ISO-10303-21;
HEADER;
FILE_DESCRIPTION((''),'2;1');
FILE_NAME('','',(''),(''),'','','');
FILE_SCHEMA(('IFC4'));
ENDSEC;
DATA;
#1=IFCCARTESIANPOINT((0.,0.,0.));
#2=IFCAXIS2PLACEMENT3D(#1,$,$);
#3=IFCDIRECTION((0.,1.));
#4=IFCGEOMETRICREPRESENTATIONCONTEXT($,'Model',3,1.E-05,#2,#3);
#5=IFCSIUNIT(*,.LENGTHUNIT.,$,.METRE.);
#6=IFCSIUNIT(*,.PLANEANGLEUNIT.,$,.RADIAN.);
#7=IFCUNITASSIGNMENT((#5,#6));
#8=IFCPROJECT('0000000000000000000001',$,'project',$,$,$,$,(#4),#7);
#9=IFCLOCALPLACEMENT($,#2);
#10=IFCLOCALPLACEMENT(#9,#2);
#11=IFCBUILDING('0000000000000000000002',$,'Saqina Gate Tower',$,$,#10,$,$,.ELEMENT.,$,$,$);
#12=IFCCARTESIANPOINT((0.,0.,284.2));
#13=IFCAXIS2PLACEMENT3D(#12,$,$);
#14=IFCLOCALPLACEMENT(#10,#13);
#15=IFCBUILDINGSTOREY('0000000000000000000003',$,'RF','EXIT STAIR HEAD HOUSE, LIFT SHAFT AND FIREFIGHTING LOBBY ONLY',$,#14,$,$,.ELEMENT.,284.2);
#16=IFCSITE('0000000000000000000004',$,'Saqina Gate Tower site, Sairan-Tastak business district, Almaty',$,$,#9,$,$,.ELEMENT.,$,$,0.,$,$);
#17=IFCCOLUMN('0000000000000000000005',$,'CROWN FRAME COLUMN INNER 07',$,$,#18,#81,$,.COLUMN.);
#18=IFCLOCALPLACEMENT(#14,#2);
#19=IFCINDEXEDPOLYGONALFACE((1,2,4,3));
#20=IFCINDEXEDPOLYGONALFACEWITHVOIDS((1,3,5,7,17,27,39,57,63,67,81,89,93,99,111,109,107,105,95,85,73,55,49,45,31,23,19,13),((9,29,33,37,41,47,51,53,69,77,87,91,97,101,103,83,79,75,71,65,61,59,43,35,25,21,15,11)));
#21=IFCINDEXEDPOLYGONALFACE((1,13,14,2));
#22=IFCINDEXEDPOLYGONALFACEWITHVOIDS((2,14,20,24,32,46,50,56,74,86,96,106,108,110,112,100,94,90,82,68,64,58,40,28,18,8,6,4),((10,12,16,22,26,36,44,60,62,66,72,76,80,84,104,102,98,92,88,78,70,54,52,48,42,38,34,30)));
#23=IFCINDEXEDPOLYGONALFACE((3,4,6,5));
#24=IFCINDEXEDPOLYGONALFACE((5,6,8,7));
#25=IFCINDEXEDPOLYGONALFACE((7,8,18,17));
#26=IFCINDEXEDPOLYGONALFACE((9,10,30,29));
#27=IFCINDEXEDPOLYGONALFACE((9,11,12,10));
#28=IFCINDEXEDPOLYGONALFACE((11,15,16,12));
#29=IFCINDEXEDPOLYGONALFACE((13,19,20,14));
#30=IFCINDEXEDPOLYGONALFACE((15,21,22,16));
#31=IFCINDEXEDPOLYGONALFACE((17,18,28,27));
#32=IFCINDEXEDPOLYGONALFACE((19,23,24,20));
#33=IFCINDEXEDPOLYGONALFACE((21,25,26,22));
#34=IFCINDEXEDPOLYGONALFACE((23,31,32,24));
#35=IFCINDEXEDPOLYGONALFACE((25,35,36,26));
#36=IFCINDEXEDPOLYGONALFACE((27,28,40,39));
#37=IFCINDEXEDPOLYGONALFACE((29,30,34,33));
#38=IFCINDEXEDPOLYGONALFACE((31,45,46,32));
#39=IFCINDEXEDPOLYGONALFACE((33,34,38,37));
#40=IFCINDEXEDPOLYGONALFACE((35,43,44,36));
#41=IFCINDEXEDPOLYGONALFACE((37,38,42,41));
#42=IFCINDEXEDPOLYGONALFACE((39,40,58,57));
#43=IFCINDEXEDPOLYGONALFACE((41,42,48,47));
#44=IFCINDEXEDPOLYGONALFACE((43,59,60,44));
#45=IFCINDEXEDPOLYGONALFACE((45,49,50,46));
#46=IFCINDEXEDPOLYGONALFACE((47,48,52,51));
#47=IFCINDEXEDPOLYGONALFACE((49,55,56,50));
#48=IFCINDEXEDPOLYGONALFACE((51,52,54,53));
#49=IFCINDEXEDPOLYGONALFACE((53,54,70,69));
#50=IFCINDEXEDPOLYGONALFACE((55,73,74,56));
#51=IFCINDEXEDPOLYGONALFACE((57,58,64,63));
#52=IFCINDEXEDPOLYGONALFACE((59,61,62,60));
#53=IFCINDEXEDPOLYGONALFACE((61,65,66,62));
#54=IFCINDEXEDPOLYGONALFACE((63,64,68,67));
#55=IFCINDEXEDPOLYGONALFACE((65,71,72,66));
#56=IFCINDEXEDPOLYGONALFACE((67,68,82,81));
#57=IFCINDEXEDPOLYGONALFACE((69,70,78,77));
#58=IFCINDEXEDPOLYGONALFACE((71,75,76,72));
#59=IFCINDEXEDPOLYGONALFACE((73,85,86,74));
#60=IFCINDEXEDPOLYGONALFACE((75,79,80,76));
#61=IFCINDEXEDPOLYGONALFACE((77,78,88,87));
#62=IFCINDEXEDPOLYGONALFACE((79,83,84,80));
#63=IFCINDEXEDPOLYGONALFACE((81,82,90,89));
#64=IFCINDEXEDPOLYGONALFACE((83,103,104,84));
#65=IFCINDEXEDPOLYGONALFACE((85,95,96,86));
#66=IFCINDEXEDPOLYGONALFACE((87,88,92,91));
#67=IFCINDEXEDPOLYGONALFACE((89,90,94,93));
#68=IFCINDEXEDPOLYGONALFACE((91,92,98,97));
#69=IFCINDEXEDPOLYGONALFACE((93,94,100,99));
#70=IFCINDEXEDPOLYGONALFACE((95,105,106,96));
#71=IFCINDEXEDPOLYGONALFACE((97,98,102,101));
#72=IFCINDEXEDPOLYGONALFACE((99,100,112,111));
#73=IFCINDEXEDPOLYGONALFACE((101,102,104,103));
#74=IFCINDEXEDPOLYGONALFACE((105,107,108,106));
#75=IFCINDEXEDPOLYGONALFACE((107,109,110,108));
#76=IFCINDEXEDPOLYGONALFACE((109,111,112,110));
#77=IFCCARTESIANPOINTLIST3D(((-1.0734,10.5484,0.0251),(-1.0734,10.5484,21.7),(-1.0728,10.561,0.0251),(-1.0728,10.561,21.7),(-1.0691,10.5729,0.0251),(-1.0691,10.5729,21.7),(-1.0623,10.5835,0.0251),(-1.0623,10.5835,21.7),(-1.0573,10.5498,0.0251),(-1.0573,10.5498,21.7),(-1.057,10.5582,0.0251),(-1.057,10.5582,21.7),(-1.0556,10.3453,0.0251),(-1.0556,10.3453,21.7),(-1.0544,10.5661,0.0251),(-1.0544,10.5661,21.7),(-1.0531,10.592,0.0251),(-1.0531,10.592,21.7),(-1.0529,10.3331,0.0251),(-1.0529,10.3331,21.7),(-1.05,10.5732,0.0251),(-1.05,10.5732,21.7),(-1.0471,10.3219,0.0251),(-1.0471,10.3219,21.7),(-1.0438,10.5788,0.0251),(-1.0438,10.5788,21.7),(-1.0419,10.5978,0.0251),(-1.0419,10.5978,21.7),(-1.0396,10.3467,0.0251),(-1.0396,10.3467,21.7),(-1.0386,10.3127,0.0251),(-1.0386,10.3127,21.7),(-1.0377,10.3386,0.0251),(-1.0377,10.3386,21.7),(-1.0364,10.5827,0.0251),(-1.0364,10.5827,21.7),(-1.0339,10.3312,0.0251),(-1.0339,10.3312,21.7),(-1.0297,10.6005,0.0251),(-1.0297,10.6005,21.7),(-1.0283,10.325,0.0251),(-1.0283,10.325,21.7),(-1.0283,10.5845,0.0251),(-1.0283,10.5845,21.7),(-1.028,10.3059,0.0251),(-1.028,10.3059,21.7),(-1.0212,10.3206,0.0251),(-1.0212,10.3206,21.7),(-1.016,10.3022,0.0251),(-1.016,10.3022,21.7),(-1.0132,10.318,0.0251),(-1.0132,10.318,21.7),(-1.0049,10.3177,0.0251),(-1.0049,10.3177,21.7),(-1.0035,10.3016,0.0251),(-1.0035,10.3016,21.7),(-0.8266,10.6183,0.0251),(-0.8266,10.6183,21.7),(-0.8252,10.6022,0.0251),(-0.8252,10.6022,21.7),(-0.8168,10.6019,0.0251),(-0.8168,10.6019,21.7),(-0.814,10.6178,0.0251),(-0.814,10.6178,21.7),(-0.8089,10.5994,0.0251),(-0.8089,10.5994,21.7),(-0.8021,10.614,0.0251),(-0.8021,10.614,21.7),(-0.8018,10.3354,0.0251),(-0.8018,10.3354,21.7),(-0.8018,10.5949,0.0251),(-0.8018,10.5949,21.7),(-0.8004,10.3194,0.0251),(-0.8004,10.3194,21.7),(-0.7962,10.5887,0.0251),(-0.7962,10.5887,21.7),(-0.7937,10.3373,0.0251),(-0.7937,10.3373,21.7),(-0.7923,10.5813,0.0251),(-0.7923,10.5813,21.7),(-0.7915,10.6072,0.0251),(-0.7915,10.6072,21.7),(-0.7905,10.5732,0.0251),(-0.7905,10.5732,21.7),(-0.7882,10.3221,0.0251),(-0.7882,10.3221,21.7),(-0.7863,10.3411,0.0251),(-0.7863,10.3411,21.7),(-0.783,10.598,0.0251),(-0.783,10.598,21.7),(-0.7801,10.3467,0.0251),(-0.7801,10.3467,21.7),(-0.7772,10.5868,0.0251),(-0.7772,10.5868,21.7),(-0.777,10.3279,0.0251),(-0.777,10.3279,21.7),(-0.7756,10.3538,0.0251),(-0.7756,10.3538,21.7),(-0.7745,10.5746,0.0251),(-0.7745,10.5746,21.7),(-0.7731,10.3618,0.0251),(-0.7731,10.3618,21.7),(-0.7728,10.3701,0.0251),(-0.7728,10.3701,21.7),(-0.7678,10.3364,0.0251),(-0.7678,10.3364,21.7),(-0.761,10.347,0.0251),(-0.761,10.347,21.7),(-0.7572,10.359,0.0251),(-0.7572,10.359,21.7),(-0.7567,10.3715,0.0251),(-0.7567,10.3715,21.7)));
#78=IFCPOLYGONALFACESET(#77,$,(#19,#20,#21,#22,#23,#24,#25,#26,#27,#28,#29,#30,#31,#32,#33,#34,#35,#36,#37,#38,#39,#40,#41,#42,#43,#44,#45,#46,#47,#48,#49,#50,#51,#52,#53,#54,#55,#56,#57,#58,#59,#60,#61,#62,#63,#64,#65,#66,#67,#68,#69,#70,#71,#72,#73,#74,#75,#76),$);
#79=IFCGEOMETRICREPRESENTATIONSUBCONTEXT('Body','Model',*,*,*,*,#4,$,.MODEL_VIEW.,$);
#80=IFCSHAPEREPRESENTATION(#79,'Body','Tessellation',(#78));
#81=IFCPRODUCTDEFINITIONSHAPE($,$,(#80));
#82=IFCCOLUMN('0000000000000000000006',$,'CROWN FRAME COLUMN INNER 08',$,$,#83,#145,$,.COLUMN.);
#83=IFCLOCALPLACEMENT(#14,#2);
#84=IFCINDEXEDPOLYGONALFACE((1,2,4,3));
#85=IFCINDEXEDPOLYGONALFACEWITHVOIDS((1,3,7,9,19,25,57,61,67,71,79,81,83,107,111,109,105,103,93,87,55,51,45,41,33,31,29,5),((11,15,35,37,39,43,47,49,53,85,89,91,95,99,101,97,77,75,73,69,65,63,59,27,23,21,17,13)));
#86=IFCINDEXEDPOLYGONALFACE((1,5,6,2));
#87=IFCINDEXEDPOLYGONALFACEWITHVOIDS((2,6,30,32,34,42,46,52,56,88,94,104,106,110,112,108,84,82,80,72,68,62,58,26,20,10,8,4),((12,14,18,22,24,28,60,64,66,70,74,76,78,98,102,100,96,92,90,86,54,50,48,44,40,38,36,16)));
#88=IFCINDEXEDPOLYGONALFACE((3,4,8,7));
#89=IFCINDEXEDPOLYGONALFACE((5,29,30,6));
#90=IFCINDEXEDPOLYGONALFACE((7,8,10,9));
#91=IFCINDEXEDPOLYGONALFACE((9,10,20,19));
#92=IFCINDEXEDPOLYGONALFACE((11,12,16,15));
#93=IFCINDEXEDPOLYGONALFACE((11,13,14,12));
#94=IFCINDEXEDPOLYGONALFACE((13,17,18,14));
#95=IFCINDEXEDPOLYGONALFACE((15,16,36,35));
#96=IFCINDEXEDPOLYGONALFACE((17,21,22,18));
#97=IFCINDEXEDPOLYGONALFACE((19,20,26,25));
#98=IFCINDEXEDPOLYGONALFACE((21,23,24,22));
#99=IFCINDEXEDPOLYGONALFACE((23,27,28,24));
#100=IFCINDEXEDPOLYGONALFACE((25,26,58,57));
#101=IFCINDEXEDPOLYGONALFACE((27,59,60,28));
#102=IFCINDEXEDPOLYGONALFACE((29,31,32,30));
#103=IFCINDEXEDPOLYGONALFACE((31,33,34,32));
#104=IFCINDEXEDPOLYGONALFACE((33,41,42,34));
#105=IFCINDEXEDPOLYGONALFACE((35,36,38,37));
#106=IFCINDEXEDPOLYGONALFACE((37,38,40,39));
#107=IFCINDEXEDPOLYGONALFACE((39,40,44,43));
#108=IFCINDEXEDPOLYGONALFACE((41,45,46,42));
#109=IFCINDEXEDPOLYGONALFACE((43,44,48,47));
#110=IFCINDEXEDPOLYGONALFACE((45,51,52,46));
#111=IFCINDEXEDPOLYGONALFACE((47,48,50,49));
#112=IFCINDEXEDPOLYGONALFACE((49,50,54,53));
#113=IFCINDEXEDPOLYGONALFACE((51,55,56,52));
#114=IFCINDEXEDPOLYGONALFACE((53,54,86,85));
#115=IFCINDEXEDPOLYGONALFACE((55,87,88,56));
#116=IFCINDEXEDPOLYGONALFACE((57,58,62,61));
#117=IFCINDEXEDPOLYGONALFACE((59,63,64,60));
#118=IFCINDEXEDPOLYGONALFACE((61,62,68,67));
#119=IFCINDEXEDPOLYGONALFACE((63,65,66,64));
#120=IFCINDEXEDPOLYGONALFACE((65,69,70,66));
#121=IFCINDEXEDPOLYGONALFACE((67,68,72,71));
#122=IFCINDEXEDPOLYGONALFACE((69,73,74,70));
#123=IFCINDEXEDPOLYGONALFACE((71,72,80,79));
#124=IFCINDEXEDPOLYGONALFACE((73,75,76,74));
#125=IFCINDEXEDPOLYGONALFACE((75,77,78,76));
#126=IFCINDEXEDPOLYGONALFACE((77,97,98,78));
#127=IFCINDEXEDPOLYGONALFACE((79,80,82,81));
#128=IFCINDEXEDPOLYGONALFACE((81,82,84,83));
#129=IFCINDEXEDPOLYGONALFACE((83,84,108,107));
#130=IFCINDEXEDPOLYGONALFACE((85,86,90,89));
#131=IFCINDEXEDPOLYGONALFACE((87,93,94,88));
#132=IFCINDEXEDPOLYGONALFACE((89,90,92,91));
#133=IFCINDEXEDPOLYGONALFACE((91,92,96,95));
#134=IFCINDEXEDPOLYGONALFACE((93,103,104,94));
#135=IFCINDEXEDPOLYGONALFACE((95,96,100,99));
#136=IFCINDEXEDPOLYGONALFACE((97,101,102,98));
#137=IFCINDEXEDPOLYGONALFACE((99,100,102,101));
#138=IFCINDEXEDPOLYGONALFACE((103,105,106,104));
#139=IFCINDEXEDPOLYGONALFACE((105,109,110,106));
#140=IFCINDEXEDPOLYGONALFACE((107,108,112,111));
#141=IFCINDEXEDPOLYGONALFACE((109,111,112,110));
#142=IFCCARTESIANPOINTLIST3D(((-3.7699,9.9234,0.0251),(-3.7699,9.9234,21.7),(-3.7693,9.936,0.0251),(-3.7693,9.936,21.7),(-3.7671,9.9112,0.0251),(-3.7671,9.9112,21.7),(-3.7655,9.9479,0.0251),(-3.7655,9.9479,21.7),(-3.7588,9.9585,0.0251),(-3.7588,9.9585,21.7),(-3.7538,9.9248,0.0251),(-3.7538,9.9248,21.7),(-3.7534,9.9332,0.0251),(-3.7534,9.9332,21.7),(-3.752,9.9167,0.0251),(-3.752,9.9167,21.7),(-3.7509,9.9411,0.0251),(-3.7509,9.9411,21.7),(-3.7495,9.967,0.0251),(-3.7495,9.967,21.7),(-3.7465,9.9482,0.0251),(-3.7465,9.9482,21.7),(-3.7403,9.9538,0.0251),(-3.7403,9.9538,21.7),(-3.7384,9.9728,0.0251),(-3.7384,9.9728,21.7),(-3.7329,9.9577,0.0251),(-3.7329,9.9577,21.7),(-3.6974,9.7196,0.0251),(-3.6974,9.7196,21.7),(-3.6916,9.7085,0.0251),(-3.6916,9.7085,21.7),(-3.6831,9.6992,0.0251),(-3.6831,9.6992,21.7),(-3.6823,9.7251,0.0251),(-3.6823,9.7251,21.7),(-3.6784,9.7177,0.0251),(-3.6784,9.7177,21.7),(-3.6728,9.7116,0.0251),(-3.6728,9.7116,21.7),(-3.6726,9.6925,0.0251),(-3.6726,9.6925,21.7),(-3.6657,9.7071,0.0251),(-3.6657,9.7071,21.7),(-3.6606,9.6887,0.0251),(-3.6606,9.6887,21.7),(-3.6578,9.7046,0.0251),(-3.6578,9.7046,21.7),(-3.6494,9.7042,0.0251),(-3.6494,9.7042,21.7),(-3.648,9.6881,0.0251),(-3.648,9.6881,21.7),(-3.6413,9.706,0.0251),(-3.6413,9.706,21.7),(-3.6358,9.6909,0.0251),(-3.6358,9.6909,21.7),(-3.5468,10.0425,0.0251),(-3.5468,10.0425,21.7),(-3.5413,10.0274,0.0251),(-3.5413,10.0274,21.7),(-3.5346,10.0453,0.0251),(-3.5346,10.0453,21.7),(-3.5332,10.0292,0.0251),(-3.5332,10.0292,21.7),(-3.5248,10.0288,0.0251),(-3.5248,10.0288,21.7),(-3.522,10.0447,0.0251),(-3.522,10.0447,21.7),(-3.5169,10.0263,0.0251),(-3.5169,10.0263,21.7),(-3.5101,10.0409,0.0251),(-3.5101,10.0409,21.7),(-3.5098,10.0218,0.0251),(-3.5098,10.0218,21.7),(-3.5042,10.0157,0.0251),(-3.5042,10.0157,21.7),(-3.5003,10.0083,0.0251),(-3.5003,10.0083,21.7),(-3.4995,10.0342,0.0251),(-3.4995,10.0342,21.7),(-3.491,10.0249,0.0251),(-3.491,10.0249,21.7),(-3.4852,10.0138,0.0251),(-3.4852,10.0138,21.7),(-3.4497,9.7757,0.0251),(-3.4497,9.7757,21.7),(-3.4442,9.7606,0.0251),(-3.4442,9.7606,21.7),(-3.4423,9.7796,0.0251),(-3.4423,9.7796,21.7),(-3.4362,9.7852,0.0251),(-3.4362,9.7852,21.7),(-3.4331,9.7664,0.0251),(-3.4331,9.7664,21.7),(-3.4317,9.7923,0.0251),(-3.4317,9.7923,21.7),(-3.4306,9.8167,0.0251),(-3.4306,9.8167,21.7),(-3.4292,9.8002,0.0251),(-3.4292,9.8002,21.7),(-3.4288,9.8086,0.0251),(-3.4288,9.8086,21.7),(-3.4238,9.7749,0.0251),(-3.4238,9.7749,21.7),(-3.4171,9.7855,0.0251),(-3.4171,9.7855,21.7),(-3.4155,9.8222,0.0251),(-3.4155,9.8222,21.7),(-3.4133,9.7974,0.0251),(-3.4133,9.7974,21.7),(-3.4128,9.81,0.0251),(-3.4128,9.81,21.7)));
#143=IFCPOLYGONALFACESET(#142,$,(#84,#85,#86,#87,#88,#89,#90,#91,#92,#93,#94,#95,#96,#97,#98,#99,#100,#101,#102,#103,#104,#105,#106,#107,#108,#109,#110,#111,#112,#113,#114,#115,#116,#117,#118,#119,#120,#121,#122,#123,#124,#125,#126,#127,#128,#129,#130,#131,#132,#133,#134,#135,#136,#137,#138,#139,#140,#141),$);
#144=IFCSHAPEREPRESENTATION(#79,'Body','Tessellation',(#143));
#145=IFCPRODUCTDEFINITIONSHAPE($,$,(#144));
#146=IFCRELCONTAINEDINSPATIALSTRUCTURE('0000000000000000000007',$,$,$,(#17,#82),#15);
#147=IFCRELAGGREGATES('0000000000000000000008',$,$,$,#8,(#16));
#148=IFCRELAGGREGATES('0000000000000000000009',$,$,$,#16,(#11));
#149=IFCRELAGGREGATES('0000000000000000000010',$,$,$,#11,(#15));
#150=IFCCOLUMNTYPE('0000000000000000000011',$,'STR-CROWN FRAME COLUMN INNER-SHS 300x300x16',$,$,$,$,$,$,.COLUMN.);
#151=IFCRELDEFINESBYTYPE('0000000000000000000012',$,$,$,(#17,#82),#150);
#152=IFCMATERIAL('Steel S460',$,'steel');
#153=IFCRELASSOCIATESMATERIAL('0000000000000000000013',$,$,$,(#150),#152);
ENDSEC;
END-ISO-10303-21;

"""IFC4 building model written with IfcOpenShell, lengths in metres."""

from ifc_helpers import new_model, si_unit, direction, frame, origin, origin_2d, place, context, subcontext, project, spatial, hollow_rectangle, extrude, material, material_profile, profile_set, type_object, element, save


model = new_model("IFC4")

# Units and contexts
model_context = context("Model", 3, precision=1e-05, world=origin(), true_north=direction((0.0, 1.0)))
body_context = subcontext(model_context, "Body", "Model", "MODEL_VIEW")
ifc_project = project(units=[si_unit("LENGTHUNIT", "METRE"), si_unit("PLANEANGLEUNIT", "RADIAN")], contexts=[model_context])

# Site, building, storey
site_placement = place(None, origin())
site = spatial("IfcSite", under=ifc_project, at=site_placement, Name="Saqina Gate Tower site, Sairan-Tastak business district, Almaty", CompositionType="ELEMENT", RefElevation=0.0)
building_placement = place(site_placement, origin())
building = spatial("IfcBuilding", under=site, at=building_placement, Name="Saqina Gate Tower", CompositionType="ELEMENT")
storey_placement = place(building_placement, frame((0.0, 0.0, 284.2)))
storey = spatial("IfcBuildingStorey", under=building, at=storey_placement, Name="RF", Description="EXIT STAIR HEAD HOUSE, LIFT SHAFT AND FIREFIGHTING LOBBY ONLY", CompositionType="ELEMENT", Elevation=284.2)

# Columns
ifc_material_1 = material(Name="Steel S460", Category="steel")
ifc_material_profile_1 = material_profile(ifc_material_1, hollow_rectangle(XDim=0.3, YDim=0.3, WallThickness=0.0161, InnerFilletRadius=0.032, OuterFilletRadius=0.0481, at=origin_2d()), Name="SHS 300x300x16")
ifc_profile_set_1 = profile_set([ifc_material_profile_1], Name="Steel S460")
column_type_1 = type_object("IfcColumnType", Name="STR-CROWN FRAME COLUMN INNER-SHS 300x300x16", PredefinedType="COLUMN", material=ifc_profile_set_1)
for number, where, z_axis, x_axis, name in (
    (1, (-0.915, 10.46, 0.0251), (0.0, 0.0, 1.0), (-0.087156, 0.996195, 0.0), "CROWN FRAME COLUMN INNER 07"),
    (2, (-3.5913, 9.8667, 0.0251), (0.0, 0.0, 1.0), (-0.34202, 0.939693, 0.0), "CROWN FRAME COLUMN INNER 08"),
):
    element("IfcColumn", number, at=place(storey_placement, frame(where, z_axis=z_axis, x_axis=x_axis)), inside=storey, type_object=column_type_1, Name=name, PredefinedType="COLUMN", context=body_context, shape_type="SweptSolid", body=[
        extrude(hollow_rectangle(XDim=0.3, YDim=0.3, WallThickness=0.0161, InnerFilletRadius=0.032, OuterFilletRadius=0.0481, at=origin_2d()), origin(), (0.0, 0.0, 1.0), 21.6748),
    ])

save(model, "model.ifc")
